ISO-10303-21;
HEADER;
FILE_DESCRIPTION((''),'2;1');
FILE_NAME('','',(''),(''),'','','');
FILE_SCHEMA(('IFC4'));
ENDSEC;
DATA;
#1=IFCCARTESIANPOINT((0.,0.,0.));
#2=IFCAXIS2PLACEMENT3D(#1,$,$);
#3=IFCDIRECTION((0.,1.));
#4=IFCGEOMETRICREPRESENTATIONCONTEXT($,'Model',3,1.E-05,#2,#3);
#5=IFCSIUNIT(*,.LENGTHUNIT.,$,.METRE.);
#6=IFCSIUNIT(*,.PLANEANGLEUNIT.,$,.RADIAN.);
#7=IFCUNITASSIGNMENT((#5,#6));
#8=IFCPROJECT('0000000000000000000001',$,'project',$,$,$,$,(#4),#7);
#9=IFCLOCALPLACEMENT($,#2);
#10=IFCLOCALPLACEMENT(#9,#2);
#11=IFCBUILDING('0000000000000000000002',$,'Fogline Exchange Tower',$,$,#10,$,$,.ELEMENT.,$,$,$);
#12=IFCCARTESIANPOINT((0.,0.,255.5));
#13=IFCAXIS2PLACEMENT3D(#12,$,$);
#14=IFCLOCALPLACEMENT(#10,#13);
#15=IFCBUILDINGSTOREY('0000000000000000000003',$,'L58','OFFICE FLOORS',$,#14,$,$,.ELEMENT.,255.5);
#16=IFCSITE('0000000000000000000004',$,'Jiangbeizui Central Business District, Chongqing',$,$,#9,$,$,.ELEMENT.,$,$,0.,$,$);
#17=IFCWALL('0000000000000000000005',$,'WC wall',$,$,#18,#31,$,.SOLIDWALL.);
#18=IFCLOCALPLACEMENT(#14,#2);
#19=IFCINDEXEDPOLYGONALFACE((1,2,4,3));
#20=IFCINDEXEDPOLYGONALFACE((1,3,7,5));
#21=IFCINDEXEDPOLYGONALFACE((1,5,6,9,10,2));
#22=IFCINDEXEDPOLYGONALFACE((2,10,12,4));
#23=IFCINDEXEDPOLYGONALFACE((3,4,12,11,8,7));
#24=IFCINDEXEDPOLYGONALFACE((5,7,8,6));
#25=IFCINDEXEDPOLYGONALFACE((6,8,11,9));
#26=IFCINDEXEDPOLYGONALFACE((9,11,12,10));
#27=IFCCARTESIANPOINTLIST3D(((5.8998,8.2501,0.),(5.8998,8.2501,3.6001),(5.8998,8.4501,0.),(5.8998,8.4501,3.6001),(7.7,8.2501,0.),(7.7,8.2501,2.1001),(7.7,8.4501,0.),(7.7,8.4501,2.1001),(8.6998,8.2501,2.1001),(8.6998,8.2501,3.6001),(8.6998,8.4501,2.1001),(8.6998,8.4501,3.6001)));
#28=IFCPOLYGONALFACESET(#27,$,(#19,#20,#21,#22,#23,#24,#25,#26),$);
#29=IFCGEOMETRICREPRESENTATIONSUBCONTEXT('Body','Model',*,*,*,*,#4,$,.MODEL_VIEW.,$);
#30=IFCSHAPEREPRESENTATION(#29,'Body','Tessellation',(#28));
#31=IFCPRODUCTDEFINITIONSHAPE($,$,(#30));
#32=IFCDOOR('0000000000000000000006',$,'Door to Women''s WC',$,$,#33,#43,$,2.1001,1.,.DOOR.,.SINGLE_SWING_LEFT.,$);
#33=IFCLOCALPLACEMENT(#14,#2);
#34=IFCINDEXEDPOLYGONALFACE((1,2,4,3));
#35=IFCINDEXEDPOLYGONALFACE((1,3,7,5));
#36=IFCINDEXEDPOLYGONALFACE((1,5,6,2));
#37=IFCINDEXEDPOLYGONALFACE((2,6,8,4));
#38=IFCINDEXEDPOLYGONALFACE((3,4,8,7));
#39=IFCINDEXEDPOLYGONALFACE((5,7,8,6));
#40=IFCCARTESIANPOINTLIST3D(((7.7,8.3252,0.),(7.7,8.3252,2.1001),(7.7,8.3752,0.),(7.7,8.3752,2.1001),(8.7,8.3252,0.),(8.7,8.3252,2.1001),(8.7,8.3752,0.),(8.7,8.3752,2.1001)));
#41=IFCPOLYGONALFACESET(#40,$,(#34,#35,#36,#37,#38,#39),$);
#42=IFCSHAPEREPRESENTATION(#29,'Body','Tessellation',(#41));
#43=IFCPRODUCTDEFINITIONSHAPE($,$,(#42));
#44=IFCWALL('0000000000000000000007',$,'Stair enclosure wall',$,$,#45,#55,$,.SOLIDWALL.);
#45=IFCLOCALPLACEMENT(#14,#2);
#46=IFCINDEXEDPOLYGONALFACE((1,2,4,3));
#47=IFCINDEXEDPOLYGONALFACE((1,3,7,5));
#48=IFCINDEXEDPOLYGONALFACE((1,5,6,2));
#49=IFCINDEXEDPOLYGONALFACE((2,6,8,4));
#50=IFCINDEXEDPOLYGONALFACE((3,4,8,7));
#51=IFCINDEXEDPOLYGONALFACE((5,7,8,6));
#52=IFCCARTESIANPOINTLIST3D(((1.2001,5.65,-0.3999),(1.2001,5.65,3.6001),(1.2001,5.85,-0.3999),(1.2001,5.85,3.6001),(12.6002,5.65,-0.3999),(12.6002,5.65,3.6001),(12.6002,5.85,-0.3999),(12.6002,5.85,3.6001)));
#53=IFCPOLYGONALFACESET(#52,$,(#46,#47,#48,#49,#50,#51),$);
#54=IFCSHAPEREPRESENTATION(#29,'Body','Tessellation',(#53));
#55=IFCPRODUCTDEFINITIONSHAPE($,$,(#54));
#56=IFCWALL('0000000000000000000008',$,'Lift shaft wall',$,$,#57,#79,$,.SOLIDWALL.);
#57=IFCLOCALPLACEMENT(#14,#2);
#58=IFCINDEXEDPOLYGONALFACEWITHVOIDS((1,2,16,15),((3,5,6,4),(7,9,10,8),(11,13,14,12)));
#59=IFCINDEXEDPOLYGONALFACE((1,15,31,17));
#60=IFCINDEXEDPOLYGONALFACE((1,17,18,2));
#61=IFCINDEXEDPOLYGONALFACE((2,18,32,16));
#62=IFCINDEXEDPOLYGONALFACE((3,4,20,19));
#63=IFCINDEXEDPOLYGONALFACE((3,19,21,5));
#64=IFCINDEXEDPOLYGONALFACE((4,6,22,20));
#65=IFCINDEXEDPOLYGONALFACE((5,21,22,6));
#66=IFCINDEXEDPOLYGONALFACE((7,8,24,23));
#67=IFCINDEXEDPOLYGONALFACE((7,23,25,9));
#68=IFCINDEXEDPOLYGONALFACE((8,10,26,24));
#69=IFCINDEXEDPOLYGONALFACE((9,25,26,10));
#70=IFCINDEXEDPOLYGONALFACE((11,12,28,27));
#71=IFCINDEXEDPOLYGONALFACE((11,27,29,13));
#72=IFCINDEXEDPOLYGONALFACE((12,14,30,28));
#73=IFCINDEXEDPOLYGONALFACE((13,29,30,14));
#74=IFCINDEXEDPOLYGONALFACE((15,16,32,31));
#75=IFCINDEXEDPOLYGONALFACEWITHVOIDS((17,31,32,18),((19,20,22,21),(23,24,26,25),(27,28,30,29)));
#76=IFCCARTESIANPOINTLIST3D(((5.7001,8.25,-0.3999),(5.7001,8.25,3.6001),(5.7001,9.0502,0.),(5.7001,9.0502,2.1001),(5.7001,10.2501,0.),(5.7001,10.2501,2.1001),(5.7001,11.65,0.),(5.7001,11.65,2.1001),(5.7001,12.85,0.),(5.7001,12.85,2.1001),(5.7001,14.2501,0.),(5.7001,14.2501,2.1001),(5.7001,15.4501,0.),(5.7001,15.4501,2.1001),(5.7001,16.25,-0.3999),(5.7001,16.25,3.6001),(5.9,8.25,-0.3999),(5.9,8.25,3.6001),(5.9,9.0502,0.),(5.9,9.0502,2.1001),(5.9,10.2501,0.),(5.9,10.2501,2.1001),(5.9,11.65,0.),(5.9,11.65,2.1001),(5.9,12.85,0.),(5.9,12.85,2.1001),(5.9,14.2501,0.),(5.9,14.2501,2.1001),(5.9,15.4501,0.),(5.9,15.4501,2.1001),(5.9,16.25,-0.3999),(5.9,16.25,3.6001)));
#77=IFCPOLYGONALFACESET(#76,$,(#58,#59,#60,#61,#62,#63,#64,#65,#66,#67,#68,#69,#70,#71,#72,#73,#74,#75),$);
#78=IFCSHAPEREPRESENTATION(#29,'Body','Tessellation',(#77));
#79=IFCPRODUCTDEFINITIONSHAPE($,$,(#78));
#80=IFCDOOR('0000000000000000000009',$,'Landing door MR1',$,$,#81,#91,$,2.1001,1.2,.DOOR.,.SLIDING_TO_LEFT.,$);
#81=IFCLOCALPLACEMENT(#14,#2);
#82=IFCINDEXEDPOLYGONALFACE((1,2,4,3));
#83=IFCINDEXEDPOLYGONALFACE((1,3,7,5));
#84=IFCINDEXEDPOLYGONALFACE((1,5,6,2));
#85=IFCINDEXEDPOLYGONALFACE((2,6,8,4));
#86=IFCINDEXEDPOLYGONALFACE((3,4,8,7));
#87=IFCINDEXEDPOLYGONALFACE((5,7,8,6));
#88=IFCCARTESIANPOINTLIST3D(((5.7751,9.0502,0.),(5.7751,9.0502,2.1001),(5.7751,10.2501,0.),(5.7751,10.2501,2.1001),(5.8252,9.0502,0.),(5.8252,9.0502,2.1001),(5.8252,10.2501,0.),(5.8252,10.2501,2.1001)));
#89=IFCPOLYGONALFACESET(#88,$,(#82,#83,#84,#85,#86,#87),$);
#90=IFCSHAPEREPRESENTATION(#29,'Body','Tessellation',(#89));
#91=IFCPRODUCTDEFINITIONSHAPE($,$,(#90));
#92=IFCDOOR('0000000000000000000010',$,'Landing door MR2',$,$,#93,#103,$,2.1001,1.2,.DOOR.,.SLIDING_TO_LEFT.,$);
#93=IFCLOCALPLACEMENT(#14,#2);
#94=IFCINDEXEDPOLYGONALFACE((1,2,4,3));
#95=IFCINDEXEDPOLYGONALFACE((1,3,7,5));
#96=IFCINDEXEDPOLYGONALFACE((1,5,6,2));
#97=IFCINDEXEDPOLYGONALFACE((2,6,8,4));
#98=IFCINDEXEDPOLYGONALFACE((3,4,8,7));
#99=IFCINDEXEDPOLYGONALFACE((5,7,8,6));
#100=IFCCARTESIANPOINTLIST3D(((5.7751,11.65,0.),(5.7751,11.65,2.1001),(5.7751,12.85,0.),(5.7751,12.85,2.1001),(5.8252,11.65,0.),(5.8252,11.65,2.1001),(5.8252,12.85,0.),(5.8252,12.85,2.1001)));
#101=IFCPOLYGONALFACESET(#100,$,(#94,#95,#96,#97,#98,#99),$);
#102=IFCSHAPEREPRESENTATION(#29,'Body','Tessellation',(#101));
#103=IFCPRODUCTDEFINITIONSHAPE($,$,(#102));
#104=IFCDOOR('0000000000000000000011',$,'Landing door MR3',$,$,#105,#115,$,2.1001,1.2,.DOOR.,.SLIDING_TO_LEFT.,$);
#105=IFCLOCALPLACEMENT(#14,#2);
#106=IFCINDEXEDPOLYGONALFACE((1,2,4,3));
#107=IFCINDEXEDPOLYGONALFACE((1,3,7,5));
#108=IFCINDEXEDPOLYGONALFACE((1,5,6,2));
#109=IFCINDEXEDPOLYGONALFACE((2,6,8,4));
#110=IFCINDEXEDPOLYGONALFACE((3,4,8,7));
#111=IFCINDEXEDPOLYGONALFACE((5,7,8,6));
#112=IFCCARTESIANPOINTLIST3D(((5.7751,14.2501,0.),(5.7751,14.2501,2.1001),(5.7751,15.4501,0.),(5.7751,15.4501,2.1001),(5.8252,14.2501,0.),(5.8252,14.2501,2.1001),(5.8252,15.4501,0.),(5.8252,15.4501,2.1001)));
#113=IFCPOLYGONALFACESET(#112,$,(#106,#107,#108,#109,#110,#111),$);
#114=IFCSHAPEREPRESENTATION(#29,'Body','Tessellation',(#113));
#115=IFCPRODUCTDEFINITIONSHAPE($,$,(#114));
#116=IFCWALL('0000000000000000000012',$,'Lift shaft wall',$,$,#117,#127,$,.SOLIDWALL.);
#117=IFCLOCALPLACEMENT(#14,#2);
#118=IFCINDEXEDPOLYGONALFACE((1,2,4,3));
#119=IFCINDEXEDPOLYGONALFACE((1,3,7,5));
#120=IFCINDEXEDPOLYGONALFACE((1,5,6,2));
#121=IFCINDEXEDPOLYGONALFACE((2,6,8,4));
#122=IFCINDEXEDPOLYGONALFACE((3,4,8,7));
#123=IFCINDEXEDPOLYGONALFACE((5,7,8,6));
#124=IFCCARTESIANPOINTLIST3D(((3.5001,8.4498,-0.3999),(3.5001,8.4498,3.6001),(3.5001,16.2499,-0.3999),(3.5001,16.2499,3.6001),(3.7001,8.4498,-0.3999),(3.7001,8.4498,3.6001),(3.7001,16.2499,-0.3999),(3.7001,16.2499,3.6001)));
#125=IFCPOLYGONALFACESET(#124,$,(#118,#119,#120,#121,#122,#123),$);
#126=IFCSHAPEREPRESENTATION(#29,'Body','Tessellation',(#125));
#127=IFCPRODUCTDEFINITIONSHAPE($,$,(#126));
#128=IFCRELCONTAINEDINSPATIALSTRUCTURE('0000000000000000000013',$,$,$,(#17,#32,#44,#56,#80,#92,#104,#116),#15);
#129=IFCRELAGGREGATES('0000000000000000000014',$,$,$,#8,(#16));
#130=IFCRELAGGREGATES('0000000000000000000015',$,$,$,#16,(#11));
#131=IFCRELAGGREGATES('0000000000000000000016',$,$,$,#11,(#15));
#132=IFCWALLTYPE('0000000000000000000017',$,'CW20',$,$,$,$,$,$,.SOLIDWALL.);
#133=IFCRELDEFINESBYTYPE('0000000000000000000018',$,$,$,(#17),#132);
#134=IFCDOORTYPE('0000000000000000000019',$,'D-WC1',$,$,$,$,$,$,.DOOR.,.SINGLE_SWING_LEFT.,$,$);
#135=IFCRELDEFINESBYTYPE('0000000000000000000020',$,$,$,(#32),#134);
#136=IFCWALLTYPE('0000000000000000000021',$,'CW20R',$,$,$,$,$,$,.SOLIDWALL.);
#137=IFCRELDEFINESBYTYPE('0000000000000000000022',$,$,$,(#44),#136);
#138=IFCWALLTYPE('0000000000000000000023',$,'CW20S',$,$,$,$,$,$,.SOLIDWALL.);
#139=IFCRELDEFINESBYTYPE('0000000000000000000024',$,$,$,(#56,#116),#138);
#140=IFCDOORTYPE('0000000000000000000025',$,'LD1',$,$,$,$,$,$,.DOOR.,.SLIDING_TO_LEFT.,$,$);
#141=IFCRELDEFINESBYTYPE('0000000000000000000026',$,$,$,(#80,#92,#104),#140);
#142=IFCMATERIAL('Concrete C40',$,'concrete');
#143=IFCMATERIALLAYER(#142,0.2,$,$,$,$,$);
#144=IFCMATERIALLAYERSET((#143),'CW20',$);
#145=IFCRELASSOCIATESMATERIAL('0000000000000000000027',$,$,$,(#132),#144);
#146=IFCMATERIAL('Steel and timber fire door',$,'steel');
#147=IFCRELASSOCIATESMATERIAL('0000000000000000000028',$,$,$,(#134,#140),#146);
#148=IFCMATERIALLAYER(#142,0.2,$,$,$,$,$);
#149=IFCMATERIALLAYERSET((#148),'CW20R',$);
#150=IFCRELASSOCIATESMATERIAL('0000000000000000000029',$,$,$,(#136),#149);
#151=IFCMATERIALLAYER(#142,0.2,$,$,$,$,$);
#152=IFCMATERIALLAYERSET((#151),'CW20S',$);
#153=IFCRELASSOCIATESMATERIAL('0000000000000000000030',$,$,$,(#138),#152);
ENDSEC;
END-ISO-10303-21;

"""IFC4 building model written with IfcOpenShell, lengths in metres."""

from ifc_helpers import new_model, si_unit, direction, frame, frame_2d, origin, place, context, subcontext, project, spatial, rectangle, extrude, material, layer, layer_set, type_object, element, fill, save


model = new_model("IFC4")

# Units and contexts
model_context = context("Model", 3, precision=1e-05, world=origin(), true_north=direction((0.0, 1.0)))
body_context = subcontext(model_context, "Body", "Model", "MODEL_VIEW")
ifc_project = project(units=[si_unit("LENGTHUNIT", "METRE"), si_unit("PLANEANGLEUNIT", "RADIAN")], contexts=[model_context])

# Site, building, storey
site_placement = place(None, origin())
site = spatial("IfcSite", under=ifc_project, at=site_placement, Name="Jiangbeizui Central Business District, Chongqing", CompositionType="ELEMENT", RefElevation=0.0)
building_placement = place(site_placement, origin())
building = spatial("IfcBuilding", under=site, at=building_placement, Name="Fogline Exchange Tower", CompositionType="ELEMENT")
storey_placement = place(building_placement, frame((0.0, 0.0, 255.5)))
storey = spatial("IfcBuildingStorey", under=building, at=storey_placement, Name="L58", Description="OFFICE FLOORS", CompositionType="ELEMENT", Elevation=255.5)

# Shared definitions
ifc_material_1 = material(Name="Concrete C40", Category="concrete")

# Wall, opening, door
ifc_layer_1 = layer(ifc_material_1, 0.2)
ifc_layer_set_1 = layer_set([ifc_layer_1], Name="CW20")
wall_type_1 = type_object("IfcWallType", Name="CW20", PredefinedType="SOLIDWALL", material=ifc_layer_set_1)
wall_1_placement = place(storey_placement, frame((5.8999, 8.3501, 0.0), z_axis=(0.0, 0.0, 1.0), x_axis=(1.0, 0.0, 0.0)))
wall_1 = element("IfcWall", 1, at=wall_1_placement, inside=storey, type_object=wall_type_1, Name="WC wall", PredefinedType="SOLIDWALL", context=body_context, shape_type="SweptSolid", body=[
    extrude(rectangle(XDim=2.8, YDim=0.2, at=frame_2d((1.3999, 0.0))), origin(), (0.0, 0.0, 1.0), 3.6001),
])
opening_1_placement = place(wall_1_placement, frame((1.8, 0.0, 0.0)))
opening_1 = element("IfcOpeningElement", 2, at=opening_1_placement, cuts=wall_1, PredefinedType="OPENING", context=body_context, shape_type="SweptSolid", body=[
    extrude(rectangle(XDim=1.0, YDim=2.1001, at=frame_2d((0.5, 1.05))), frame((0.0, 0.1099, 0.0), z_axis=(0.0, -1.0, 0.0), x_axis=(1.0, 0.0, 0.0)), (0.0, 0.0, 1.0), 0.22),
])
ifc_material_2 = material(Name="Steel and timber fire door", Category="steel")
door_type_1 = type_object("IfcDoorType", Name="D-WC1", OperationType="SINGLE_SWING_LEFT", PredefinedType="DOOR", material=ifc_material_2)
door_1_placement = place(opening_1_placement, frame((1.0, 0.0, 0.0), z_axis=(0.0, 0.0, 1.0), x_axis=(-1.0, 0.0, 0.0)))
door_1 = element("IfcDoor", 3, at=door_1_placement, inside=storey, type_object=door_type_1, Name="Door to Women's WC", OperationType="SINGLE_SWING_LEFT", OverallHeight=2.1001, OverallWidth=1.0, PredefinedType="DOOR", context=body_context, shape_type="SweptSolid", body=[
    extrude(rectangle(XDim=1.0, YDim=2.1001, at=frame_2d((0.5, 1.05))), frame((0.0, 0.0249, 0.0), z_axis=(0.0, -1.0, 0.0), x_axis=(1.0, 0.0, 0.0)), (0.0, 0.0, 1.0), 0.05),
])
fill(opening_1, door_1)

# Wall
ifc_layer_2 = layer(ifc_material_1, 0.2)
ifc_layer_set_2 = layer_set([ifc_layer_2], Name="CW20R")
wall_type_2 = type_object("IfcWallType", Name="CW20R", PredefinedType="SOLIDWALL", material=ifc_layer_set_2)
wall_2_placement = place(storey_placement, frame((1.2, 5.75, -0.3999), z_axis=(0.0, 0.0, 1.0), x_axis=(1.0, 0.0, 0.0)))
element("IfcWall", 4, at=wall_2_placement, inside=storey, type_object=wall_type_2, Name="Stair enclosure wall", PredefinedType="SOLIDWALL", context=body_context, shape_type="SweptSolid", body=[
    extrude(rectangle(XDim=11.4001, YDim=0.2, at=frame_2d((5.7002, 0.0))), origin(), (0.0, 0.0, 1.0), 4.0),
])

# Wall, openings, doors
ifc_layer_3 = layer(ifc_material_1, 0.2)
ifc_layer_set_3 = layer_set([ifc_layer_3], Name="CW20S")
wall_type_3 = type_object("IfcWallType", Name="CW20S", PredefinedType="SOLIDWALL", material=ifc_layer_set_3)
wall_3_placement = place(storey_placement, frame((5.8, 8.25, -0.3999), z_axis=(0.0, 0.0, 1.0), x_axis=(0.0, 1.0, 0.0)))
wall_3 = element("IfcWall", 5, at=wall_3_placement, inside=storey, type_object=wall_type_3, Name="Lift shaft wall", PredefinedType="SOLIDWALL", context=body_context, shape_type="SweptSolid", body=[
    extrude(rectangle(XDim=8.0, YDim=0.2, at=frame_2d((4.0, 0.0))), origin(), (0.0, 0.0, 1.0), 4.0),
])
opening_2_placement = place(wall_3_placement, frame((0.8, 0.0, 0.3999)))
opening_2 = element("IfcOpeningElement", 6, at=opening_2_placement, cuts=wall_3, PredefinedType="OPENING", context=body_context, shape_type="SweptSolid", body=[
    extrude(rectangle(XDim=1.2, YDim=2.1001, at=frame_2d((0.6001, 1.05))), frame((0.0, 0.1099, 0.0), z_axis=(0.0, -1.0, 0.0), x_axis=(1.0, 0.0, 0.0)), (0.0, 0.0, 1.0), 0.22),
])
opening_3_placement = place(wall_3_placement, frame((3.3999, 0.0, 0.3999)))
opening_3 = element("IfcOpeningElement", 7, at=opening_3_placement, cuts=wall_3, PredefinedType="OPENING", context=body_context, shape_type="SweptSolid", body=[
    extrude(rectangle(XDim=1.2, YDim=2.1001, at=frame_2d((0.6001, 1.05))), frame((0.0, 0.1099, 0.0), z_axis=(0.0, -1.0, 0.0), x_axis=(1.0, 0.0, 0.0)), (0.0, 0.0, 1.0), 0.22),
])
opening_4_placement = place(wall_3_placement, frame((6.0, 0.0, 0.3999)))
opening_4 = element("IfcOpeningElement", 8, at=opening_4_placement, cuts=wall_3, PredefinedType="OPENING", context=body_context, shape_type="SweptSolid", body=[
    extrude(rectangle(XDim=1.2, YDim=2.1001, at=frame_2d((0.6001, 1.05))), frame((0.0, 0.1099, 0.0), z_axis=(0.0, -1.0, 0.0), x_axis=(1.0, 0.0, 0.0)), (0.0, 0.0, 1.0), 0.22),
])
door_type_2 = type_object("IfcDoorType", Name="LD1", OperationType="SLIDING_TO_LEFT", PredefinedType="DOOR", material=ifc_material_2)
door_2_placement = place(opening_2_placement, origin())
door_2 = element("IfcDoor", 9, at=door_2_placement, inside=storey, type_object=door_type_2, Name="Landing door MR1", OperationType="SLIDING_TO_LEFT", OverallHeight=2.1001, OverallWidth=1.2, PredefinedType="DOOR", context=body_context, shape_type="SweptSolid", body=[
    extrude(rectangle(XDim=1.2, YDim=2.1001, at=frame_2d((0.6001, 1.05))), frame((0.0, 0.0249, 0.0), z_axis=(0.0, -1.0, 0.0), x_axis=(1.0, 0.0, 0.0)), (0.0, 0.0, 1.0), 0.05),
])
fill(opening_2, door_2)
door_3_placement = place(opening_3_placement, origin())
door_3 = element("IfcDoor", 10, at=door_3_placement, inside=storey, type_object=door_type_2, Name="Landing door MR2", OperationType="SLIDING_TO_LEFT", OverallHeight=2.1001, OverallWidth=1.2, PredefinedType="DOOR", context=body_context, shape_type="SweptSolid", body=[
    extrude(rectangle(XDim=1.2, YDim=2.1001, at=frame_2d((0.6001, 1.05))), frame((0.0, 0.0249, 0.0), z_axis=(0.0, -1.0, 0.0), x_axis=(1.0, 0.0, 0.0)), (0.0, 0.0, 1.0), 0.05),
])
fill(opening_3, door_3)
door_4_placement = place(opening_4_placement, origin())
door_4 = element("IfcDoor", 11, at=door_4_placement, inside=storey, type_object=door_type_2, Name="Landing door MR3", OperationType="SLIDING_TO_LEFT", OverallHeight=2.1001, OverallWidth=1.2, PredefinedType="DOOR", context=body_context, shape_type="SweptSolid", body=[
    extrude(rectangle(XDim=1.2, YDim=2.1001, at=frame_2d((0.6001, 1.05))), frame((0.0, 0.0249, 0.0), z_axis=(0.0, -1.0, 0.0), x_axis=(1.0, 0.0, 0.0)), (0.0, 0.0, 1.0), 0.05),
])
fill(opening_4, door_4)

# Wall
wall_4_placement = place(storey_placement, frame((3.6001, 8.45, -0.3999), z_axis=(0.0, 0.0, 1.0), x_axis=(0.0, 1.0, 0.0)))
element("IfcWall", 12, at=wall_4_placement, inside=storey, type_object=wall_type_3, Name="Lift shaft wall", PredefinedType="SOLIDWALL", context=body_context, shape_type="SweptSolid", body=[
    extrude(rectangle(XDim=7.8, YDim=0.2, at=frame_2d((3.8999, 0.0))), origin(), (0.0, 0.0, 1.0), 4.0),
])

save(model, "model.ifc")
